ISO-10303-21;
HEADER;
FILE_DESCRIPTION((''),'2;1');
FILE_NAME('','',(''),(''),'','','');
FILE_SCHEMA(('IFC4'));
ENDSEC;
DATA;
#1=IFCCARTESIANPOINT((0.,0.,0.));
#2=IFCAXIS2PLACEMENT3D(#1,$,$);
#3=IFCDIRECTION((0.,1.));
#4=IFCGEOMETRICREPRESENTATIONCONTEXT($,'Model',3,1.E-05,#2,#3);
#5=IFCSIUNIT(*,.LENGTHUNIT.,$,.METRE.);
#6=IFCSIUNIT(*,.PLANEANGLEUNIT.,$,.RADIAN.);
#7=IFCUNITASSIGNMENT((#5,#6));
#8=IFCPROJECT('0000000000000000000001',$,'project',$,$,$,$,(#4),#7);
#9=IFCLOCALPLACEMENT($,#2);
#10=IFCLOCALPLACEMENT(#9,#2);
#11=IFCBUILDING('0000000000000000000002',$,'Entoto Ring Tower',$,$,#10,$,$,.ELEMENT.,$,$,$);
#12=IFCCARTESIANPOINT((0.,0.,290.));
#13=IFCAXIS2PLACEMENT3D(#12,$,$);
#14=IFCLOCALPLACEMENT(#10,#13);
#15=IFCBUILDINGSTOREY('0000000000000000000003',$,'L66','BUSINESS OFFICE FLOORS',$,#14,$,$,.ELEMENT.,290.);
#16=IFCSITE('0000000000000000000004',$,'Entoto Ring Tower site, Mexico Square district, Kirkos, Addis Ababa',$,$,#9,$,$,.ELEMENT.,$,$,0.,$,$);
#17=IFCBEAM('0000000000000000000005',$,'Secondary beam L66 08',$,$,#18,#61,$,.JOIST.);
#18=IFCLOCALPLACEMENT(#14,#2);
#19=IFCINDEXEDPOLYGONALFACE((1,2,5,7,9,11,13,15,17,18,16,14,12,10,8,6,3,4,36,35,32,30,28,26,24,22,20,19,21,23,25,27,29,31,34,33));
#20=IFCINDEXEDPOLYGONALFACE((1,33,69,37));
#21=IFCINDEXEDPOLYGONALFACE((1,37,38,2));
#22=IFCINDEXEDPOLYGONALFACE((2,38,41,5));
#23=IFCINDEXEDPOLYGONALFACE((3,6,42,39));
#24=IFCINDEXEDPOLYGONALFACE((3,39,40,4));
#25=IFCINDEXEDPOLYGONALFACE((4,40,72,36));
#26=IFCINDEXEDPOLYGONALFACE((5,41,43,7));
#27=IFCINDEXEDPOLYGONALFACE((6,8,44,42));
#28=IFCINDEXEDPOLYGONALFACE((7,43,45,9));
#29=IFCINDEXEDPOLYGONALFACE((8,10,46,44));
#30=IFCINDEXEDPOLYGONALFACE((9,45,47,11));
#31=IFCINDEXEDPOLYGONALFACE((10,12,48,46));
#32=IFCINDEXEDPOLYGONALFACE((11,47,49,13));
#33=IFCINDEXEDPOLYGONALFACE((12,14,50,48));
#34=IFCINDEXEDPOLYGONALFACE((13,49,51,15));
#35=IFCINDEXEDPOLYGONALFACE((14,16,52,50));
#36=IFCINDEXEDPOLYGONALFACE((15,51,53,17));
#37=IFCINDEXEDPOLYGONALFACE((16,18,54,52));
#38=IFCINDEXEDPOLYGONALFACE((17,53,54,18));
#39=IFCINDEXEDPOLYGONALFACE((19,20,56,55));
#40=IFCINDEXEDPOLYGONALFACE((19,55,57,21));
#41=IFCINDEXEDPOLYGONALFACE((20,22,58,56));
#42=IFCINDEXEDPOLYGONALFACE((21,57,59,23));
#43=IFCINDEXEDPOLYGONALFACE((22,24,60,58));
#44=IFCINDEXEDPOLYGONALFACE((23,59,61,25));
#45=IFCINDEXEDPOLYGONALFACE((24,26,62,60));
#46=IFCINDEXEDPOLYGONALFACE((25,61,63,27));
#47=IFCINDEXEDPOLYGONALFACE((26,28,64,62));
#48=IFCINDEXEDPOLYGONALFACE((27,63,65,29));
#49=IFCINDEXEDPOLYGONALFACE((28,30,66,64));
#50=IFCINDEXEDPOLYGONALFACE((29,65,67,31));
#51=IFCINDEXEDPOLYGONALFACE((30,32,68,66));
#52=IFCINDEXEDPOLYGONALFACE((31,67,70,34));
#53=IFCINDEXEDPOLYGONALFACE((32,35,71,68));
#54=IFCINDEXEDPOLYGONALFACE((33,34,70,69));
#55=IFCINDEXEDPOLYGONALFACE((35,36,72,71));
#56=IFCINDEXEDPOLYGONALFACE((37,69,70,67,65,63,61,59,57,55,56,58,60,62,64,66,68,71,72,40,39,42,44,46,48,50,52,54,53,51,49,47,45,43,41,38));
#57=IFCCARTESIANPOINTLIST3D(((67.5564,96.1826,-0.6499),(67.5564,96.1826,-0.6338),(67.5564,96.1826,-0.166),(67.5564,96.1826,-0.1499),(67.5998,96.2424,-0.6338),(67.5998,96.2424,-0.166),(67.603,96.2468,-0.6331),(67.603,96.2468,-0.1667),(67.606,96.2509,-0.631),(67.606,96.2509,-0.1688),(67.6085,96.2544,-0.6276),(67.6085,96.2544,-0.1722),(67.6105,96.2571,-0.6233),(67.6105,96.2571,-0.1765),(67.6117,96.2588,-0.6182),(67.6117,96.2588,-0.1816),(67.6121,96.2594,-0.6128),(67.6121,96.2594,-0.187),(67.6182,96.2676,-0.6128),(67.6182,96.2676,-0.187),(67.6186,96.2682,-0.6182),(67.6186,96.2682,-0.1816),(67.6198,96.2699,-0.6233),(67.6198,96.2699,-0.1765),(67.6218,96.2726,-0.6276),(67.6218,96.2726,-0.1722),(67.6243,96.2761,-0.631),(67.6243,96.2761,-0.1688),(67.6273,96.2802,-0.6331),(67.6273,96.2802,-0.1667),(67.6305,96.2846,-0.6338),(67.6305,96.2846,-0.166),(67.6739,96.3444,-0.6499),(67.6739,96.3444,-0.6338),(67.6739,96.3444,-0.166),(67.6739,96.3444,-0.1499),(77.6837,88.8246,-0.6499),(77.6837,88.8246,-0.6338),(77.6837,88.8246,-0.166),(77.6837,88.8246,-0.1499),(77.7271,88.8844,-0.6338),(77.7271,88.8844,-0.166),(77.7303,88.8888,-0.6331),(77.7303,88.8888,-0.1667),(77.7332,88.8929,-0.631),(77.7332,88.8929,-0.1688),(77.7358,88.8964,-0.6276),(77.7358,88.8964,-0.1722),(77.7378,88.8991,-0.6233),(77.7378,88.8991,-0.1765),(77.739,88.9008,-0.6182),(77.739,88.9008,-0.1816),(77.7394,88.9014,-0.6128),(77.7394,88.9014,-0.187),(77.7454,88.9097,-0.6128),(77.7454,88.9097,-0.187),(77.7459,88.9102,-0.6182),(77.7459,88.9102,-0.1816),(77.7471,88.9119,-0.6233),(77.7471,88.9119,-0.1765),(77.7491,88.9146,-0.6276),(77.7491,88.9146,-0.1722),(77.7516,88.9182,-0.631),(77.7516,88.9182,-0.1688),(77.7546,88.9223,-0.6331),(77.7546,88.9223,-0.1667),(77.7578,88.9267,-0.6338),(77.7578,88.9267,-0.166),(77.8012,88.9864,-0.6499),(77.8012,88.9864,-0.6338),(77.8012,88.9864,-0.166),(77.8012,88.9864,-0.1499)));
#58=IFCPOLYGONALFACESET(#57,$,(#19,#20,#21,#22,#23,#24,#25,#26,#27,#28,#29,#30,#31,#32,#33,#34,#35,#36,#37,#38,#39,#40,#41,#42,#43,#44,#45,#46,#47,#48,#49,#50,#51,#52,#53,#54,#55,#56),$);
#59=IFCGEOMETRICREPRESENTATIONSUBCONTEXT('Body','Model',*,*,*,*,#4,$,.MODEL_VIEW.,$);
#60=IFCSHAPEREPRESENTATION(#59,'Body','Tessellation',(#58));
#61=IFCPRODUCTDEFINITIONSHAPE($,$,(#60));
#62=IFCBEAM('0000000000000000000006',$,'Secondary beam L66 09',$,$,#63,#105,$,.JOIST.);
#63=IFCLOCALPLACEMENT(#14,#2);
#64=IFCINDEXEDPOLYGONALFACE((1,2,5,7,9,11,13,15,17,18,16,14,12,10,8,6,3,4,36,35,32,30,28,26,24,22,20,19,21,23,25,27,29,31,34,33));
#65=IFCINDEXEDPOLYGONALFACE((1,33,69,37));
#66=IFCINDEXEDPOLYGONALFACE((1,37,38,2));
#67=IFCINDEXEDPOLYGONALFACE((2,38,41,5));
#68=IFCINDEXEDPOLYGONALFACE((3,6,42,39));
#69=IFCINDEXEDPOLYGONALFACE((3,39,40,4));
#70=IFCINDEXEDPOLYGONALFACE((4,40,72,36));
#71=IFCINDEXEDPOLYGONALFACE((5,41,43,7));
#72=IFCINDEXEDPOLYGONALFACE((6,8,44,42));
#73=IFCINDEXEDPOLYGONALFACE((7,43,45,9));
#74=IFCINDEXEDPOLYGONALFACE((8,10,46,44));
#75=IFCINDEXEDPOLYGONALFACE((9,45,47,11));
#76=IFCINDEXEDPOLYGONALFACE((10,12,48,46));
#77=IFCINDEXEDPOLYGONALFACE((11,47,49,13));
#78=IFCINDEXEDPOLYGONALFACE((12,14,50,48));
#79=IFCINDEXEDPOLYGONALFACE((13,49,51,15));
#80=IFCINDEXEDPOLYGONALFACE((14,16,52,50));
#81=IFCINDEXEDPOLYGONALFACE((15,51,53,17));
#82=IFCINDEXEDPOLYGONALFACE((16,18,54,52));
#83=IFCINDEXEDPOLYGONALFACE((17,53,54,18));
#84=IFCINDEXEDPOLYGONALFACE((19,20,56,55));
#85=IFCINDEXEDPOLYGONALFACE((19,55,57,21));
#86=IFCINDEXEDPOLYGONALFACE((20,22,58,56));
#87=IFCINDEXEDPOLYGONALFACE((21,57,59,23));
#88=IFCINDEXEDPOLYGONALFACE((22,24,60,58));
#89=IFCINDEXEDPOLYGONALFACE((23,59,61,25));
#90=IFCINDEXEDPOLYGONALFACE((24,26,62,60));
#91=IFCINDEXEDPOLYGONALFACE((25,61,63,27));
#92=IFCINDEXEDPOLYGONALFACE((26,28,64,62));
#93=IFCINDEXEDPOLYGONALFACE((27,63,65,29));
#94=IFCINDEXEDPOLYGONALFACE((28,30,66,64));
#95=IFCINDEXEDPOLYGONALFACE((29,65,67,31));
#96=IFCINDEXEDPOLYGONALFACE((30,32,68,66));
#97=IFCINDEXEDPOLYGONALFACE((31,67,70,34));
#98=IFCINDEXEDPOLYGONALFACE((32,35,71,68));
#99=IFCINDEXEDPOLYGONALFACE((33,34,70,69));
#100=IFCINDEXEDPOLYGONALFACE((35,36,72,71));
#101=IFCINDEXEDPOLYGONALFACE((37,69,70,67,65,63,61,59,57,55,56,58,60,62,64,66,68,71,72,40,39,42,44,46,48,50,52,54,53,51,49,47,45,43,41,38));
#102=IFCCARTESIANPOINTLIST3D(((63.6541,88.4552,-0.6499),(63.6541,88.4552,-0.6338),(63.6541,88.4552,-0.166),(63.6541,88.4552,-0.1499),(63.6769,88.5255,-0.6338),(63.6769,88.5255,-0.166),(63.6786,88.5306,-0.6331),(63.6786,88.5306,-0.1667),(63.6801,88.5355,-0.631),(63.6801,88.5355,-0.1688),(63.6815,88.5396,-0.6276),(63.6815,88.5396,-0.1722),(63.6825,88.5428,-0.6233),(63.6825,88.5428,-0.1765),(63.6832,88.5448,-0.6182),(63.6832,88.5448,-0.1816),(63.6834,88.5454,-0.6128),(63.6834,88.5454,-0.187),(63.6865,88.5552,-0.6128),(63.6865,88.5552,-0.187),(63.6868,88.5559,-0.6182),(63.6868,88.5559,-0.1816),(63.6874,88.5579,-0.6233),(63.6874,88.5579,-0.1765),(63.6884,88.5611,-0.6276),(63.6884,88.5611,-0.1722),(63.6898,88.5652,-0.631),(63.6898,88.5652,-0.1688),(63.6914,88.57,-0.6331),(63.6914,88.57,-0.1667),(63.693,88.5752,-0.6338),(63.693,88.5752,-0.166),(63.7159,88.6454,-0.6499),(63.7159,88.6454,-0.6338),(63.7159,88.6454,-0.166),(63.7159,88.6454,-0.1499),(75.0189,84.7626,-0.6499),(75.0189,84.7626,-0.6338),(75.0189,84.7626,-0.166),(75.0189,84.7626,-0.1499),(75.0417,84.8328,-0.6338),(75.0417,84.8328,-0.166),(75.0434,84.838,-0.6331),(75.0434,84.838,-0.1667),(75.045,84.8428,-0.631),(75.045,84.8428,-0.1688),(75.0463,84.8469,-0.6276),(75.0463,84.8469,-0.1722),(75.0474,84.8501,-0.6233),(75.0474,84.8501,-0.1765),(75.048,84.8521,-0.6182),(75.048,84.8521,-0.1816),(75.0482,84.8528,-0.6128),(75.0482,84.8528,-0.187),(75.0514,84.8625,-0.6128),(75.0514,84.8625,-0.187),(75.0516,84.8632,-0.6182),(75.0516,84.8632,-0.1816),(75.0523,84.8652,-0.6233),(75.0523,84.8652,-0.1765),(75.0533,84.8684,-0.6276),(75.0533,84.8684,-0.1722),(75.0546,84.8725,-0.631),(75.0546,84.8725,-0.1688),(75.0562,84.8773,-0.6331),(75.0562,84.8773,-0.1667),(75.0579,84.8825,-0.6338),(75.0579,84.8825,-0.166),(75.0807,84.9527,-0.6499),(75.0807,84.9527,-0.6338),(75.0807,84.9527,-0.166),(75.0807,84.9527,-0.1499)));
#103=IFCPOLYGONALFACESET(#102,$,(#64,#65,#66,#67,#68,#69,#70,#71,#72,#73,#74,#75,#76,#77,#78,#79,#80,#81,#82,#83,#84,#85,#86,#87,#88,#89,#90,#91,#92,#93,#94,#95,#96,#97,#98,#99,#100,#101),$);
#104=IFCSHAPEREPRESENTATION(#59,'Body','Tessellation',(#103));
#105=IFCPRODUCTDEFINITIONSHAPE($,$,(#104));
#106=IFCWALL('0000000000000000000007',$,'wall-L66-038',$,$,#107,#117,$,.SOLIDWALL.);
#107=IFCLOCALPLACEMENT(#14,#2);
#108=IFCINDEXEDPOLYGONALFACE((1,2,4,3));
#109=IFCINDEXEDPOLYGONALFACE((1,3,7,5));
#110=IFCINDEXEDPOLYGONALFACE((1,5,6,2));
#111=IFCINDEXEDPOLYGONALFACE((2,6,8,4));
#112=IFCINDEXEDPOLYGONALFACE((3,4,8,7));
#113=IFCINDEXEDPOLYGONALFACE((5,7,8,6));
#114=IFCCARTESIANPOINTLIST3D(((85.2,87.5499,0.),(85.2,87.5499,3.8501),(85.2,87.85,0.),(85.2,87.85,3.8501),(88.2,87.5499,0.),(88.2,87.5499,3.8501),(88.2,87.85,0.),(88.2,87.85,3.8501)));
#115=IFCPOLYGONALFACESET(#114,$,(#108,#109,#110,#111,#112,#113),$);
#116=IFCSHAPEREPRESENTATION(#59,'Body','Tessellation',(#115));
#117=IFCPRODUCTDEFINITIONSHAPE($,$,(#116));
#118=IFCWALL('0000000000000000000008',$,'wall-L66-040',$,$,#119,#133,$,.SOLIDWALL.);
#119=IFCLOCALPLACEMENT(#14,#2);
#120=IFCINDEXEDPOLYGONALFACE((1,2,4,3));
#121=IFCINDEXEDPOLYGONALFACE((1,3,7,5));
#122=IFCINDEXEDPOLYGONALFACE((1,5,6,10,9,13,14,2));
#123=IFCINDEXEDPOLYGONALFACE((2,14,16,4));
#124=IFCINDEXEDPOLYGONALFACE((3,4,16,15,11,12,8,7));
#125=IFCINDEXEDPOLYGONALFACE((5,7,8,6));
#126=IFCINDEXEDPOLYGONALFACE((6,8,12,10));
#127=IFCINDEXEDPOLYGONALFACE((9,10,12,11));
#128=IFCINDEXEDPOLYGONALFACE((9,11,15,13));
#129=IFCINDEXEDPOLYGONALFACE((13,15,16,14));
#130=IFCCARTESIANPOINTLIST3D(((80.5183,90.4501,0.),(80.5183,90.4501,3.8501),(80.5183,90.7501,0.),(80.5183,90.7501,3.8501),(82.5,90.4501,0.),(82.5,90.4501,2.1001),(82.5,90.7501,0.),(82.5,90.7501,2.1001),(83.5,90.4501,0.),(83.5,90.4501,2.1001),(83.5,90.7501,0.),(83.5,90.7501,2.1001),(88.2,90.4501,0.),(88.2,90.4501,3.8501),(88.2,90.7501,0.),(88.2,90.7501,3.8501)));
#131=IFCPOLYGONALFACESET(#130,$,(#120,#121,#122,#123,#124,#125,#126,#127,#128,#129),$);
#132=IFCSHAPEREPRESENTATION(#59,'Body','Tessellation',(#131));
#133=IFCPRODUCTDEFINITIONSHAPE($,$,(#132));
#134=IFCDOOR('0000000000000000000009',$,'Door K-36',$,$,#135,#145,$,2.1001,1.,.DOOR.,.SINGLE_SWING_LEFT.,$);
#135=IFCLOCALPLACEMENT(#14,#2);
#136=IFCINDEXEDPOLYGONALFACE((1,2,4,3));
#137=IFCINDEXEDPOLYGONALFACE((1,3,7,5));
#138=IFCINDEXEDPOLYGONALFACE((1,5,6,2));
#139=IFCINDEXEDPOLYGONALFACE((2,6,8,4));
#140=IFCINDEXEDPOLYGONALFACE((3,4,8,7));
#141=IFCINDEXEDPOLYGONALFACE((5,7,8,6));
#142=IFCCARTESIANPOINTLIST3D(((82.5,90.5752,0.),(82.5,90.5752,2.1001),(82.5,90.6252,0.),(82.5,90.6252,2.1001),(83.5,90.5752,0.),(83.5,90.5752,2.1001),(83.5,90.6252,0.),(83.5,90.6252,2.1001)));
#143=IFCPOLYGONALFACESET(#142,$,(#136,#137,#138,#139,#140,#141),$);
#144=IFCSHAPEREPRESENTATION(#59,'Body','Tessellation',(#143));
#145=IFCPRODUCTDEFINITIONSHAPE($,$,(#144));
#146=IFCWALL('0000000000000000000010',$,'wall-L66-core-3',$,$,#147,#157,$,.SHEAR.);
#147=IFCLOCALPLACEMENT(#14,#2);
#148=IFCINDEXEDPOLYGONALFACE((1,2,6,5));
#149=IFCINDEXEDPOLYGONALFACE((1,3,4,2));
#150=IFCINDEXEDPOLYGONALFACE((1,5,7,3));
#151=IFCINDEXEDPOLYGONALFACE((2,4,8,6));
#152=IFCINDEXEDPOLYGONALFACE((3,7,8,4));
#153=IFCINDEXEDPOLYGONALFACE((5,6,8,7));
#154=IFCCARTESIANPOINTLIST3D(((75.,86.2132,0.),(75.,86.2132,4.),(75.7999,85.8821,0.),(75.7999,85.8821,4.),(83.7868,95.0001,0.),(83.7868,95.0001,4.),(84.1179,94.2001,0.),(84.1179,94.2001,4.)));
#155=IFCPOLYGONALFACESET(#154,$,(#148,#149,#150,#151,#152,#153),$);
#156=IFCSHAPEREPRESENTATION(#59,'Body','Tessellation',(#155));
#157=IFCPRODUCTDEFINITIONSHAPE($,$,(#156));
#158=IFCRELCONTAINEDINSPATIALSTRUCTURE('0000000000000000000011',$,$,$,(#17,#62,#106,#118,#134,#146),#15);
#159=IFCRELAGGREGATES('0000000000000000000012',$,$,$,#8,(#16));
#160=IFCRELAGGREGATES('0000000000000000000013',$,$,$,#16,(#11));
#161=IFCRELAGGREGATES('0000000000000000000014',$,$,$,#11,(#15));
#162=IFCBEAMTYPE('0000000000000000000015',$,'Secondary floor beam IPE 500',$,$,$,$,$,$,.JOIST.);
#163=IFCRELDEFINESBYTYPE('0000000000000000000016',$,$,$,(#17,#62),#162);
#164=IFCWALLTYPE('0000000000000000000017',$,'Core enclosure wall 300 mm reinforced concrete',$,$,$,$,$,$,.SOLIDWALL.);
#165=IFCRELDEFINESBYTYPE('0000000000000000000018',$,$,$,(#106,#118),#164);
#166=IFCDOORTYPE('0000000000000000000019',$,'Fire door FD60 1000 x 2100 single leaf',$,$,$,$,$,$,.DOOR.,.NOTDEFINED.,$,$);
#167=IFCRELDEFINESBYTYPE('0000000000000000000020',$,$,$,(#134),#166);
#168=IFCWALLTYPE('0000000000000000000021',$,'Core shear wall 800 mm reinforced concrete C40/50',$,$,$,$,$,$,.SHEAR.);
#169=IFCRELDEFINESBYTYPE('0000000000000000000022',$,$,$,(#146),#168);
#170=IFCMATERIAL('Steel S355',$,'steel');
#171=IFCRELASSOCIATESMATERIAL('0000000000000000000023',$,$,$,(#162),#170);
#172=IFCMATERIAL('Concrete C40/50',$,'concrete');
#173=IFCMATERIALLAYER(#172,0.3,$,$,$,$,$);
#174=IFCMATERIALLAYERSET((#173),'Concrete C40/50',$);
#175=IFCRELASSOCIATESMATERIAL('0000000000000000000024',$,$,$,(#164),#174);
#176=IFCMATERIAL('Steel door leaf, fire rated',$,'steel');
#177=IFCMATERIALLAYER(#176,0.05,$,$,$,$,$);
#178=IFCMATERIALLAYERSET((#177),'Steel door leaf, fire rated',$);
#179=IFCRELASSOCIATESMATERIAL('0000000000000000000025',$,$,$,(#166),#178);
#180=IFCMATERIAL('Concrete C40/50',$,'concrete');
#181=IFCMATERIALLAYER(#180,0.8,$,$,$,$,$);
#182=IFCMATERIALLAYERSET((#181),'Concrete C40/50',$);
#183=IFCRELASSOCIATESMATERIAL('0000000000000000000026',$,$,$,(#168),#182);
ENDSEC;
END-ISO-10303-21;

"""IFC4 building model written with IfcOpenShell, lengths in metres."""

from ifc_helpers import new_model, si_unit, direction, frame, frame_2d, origin, origin_2d, place, context, subcontext, project, spatial, polyline, rectangle, i_section, outline, extrude, material, layer, layer_set, material_profile, profile_set, type_object, element, fill, save


model = new_model("IFC4")

# Units and contexts
model_context = context("Model", 3, precision=1e-05, world=origin(), true_north=direction((0.0, 1.0)))
body_context = subcontext(model_context, "Body", "Model", "MODEL_VIEW")
ifc_project = project(units=[si_unit("LENGTHUNIT", "METRE"), si_unit("PLANEANGLEUNIT", "RADIAN")], contexts=[model_context])

# Site, building, storey
site_placement = place(None, origin())
site = spatial("IfcSite", under=ifc_project, at=site_placement, Name="Entoto Ring Tower site, Mexico Square district, Kirkos, Addis Ababa", CompositionType="ELEMENT", RefElevation=0.0)
building_placement = place(site_placement, origin())
building = spatial("IfcBuilding", under=site, at=building_placement, Name="Entoto Ring Tower", CompositionType="ELEMENT")
storey_placement = place(building_placement, frame((0.0, 0.0, 290.0)))
storey = spatial("IfcBuildingStorey", under=building, at=storey_placement, Name="L66", Description="BUSINESS OFFICE FLOORS", CompositionType="ELEMENT", Elevation=290.0)

# Beams
ifc_material_1 = material(Name="Steel S355", Category="steel")
ifc_material_profile_1 = material_profile(ifc_material_1, i_section(OverallWidth=0.2, OverallDepth=0.5, WebThickness=0.0103, FlangeThickness=0.0161, FilletRadius=0.021, at=origin_2d()), Name="IPE 500")
ifc_profile_set_1 = profile_set([ifc_material_profile_1], Name="Steel S355")
beam_type_1 = type_object("IfcBeamType", Name="Secondary floor beam IPE 500", PredefinedType="JOIST", material=ifc_profile_set_1)
for number, where, z_axis, x_axis, name in (
    (1, (77.7424, 88.9055, -0.3999), (-0.809014, 0.587789, 0.0), (-0.587789, -0.809014, 0.0), "Secondary beam L66 08"),
):
    element("IfcBeam", number, at=place(storey_placement, frame(where, z_axis=z_axis, x_axis=x_axis)), inside=storey, type_object=beam_type_1, Name=name, PredefinedType="JOIST", context=body_context, shape_type="SweptSolid", body=[
        extrude(i_section(OverallWidth=0.2, OverallDepth=0.5, WebThickness=0.0103, FlangeThickness=0.0161, FilletRadius=0.021, at=origin_2d()), origin(), (0.0, 0.0, 1.0), 12.5181),
    ])
beam_1_placement = place(storey_placement, frame((75.0498, 84.8577, -0.3999), z_axis=(-0.951057, 0.309017, 0.0), x_axis=(-0.309017, -0.951057, 0.0)))
element("IfcBeam", 2, at=beam_1_placement, inside=storey, type_object=beam_type_1, Name="Secondary beam L66 09", PredefinedType="JOIST", context=body_context, shape_type="SweptSolid", body=[
    extrude(i_section(OverallWidth=0.2, OverallDepth=0.5, WebThickness=0.0103, FlangeThickness=0.0161, FilletRadius=0.021, at=origin_2d()), origin(), (0.0, 0.0, 1.0), 11.9497),
])

# Wall
ifc_material_2 = material(Name="Concrete C40/50", Category="concrete")
ifc_layer_1 = layer(ifc_material_2, 0.3)
ifc_layer_set_1 = layer_set([ifc_layer_1], Name="Concrete C40/50")
wall_type_1 = type_object("IfcWallType", Name="Core enclosure wall 300 mm reinforced concrete", PredefinedType="SOLIDWALL", material=ifc_layer_set_1)
wall_1_placement = place(storey_placement, frame((85.2, 87.7, 0.0), z_axis=(0.0, 0.0, 1.0), x_axis=(1.0, 0.0, 0.0)))
element("IfcWall", 3, at=wall_1_placement, inside=storey, type_object=wall_type_1, Name="wall-L66-038", PredefinedType="SOLIDWALL", context=body_context, shape_type="SweptSolid", body=[
    extrude(rectangle(XDim=3.0, YDim=0.3, at=frame_2d((1.5, 0.0))), origin(), (0.0, 0.0, 1.0), 3.8501),
])

# Wall, opening, door
wall_2_placement = place(storey_placement, frame((80.5183, 90.6001, 0.0), z_axis=(0.0, 0.0, 1.0), x_axis=(1.0, 0.0, 0.0)))
wall_2 = element("IfcWall", 4, at=wall_2_placement, inside=storey, type_object=wall_type_1, Name="wall-L66-040", PredefinedType="SOLIDWALL", context=body_context, shape_type="SweptSolid", body=[
    extrude(rectangle(XDim=7.6816, YDim=0.3, at=frame_2d((3.8408, 0.0))), origin(), (0.0, 0.0, 1.0), 3.8501),
])
opening_1_placement = place(wall_2_placement, frame((1.9817, 0.0, 0.0)))
opening_1 = element("IfcOpeningElement", 5, at=opening_1_placement, cuts=wall_2, PredefinedType="OPENING", context=body_context, shape_type="SweptSolid", body=[
    extrude(rectangle(XDim=1.0, YDim=2.1001, at=frame_2d((0.5, 1.05))), frame((0.0, 0.1602, 0.0), z_axis=(0.0, -1.0, 0.0), x_axis=(1.0, 0.0, 0.0)), (0.0, 0.0, 1.0), 0.3201),
])
ifc_material_3 = material(Name="Steel door leaf, fire rated", Category="steel")
ifc_layer_2 = layer(ifc_material_3, 0.05)
ifc_layer_set_2 = layer_set([ifc_layer_2], Name="Steel door leaf, fire rated")
door_type_1 = type_object("IfcDoorType", Name="Fire door FD60 1000 x 2100 single leaf", OperationType="NOTDEFINED", PredefinedType="DOOR", material=ifc_layer_set_2)
door_1_placement = place(opening_1_placement, frame((1.0, 0.0, 0.0), z_axis=(0.0, 0.0, 1.0), x_axis=(-1.0, 0.0, 0.0)))
door_1 = element("IfcDoor", 6, at=door_1_placement, inside=storey, type_object=door_type_1, Name="Door K-36", OperationType="SINGLE_SWING_LEFT", OverallHeight=2.1001, OverallWidth=1.0, PredefinedType="DOOR", context=body_context, shape_type="SweptSolid", body=[
    extrude(rectangle(XDim=1.0, YDim=2.1001, at=frame_2d((0.5, 1.05))), frame((0.0, 0.0249, 0.0), z_axis=(0.0, -1.0, 0.0), x_axis=(1.0, 0.0, 0.0)), (0.0, 0.0, 1.0), 0.05),
])
fill(opening_1, door_1)

# Wall
ifc_material_4 = material(Name="Concrete C40/50", Category="concrete")
ifc_layer_3 = layer(ifc_material_4, 0.8)
ifc_layer_set_3 = layer_set([ifc_layer_3], Name="Concrete C40/50")
wall_type_2 = type_object("IfcWallType", Name="Core shear wall 800 mm reinforced concrete C40/50", PredefinedType="SHEAR", material=ifc_layer_set_3)
wall_3_placement = place(storey_placement, frame((83.9524, 94.6001, 0.0), z_axis=(0.0, 0.0, 1.0), x_axis=(-0.707107, -0.707107, 0.0)))
element("IfcWall", 7, at=wall_3_placement, inside=storey, type_object=wall_type_2, Name="wall-L66-core-3", PredefinedType="SHEAR", context=body_context, shape_type="SweptSolid", body=[
    extrude(outline(polyline([(-0.1658, -0.3999), (12.2607, -0.3999), (11.9292, 0.3999), (0.1658, 0.3999), (-0.1658, -0.3999)])), origin(), (0.0, 0.0, 1.0), 4.0),
])

save(model, "model.ifc")
